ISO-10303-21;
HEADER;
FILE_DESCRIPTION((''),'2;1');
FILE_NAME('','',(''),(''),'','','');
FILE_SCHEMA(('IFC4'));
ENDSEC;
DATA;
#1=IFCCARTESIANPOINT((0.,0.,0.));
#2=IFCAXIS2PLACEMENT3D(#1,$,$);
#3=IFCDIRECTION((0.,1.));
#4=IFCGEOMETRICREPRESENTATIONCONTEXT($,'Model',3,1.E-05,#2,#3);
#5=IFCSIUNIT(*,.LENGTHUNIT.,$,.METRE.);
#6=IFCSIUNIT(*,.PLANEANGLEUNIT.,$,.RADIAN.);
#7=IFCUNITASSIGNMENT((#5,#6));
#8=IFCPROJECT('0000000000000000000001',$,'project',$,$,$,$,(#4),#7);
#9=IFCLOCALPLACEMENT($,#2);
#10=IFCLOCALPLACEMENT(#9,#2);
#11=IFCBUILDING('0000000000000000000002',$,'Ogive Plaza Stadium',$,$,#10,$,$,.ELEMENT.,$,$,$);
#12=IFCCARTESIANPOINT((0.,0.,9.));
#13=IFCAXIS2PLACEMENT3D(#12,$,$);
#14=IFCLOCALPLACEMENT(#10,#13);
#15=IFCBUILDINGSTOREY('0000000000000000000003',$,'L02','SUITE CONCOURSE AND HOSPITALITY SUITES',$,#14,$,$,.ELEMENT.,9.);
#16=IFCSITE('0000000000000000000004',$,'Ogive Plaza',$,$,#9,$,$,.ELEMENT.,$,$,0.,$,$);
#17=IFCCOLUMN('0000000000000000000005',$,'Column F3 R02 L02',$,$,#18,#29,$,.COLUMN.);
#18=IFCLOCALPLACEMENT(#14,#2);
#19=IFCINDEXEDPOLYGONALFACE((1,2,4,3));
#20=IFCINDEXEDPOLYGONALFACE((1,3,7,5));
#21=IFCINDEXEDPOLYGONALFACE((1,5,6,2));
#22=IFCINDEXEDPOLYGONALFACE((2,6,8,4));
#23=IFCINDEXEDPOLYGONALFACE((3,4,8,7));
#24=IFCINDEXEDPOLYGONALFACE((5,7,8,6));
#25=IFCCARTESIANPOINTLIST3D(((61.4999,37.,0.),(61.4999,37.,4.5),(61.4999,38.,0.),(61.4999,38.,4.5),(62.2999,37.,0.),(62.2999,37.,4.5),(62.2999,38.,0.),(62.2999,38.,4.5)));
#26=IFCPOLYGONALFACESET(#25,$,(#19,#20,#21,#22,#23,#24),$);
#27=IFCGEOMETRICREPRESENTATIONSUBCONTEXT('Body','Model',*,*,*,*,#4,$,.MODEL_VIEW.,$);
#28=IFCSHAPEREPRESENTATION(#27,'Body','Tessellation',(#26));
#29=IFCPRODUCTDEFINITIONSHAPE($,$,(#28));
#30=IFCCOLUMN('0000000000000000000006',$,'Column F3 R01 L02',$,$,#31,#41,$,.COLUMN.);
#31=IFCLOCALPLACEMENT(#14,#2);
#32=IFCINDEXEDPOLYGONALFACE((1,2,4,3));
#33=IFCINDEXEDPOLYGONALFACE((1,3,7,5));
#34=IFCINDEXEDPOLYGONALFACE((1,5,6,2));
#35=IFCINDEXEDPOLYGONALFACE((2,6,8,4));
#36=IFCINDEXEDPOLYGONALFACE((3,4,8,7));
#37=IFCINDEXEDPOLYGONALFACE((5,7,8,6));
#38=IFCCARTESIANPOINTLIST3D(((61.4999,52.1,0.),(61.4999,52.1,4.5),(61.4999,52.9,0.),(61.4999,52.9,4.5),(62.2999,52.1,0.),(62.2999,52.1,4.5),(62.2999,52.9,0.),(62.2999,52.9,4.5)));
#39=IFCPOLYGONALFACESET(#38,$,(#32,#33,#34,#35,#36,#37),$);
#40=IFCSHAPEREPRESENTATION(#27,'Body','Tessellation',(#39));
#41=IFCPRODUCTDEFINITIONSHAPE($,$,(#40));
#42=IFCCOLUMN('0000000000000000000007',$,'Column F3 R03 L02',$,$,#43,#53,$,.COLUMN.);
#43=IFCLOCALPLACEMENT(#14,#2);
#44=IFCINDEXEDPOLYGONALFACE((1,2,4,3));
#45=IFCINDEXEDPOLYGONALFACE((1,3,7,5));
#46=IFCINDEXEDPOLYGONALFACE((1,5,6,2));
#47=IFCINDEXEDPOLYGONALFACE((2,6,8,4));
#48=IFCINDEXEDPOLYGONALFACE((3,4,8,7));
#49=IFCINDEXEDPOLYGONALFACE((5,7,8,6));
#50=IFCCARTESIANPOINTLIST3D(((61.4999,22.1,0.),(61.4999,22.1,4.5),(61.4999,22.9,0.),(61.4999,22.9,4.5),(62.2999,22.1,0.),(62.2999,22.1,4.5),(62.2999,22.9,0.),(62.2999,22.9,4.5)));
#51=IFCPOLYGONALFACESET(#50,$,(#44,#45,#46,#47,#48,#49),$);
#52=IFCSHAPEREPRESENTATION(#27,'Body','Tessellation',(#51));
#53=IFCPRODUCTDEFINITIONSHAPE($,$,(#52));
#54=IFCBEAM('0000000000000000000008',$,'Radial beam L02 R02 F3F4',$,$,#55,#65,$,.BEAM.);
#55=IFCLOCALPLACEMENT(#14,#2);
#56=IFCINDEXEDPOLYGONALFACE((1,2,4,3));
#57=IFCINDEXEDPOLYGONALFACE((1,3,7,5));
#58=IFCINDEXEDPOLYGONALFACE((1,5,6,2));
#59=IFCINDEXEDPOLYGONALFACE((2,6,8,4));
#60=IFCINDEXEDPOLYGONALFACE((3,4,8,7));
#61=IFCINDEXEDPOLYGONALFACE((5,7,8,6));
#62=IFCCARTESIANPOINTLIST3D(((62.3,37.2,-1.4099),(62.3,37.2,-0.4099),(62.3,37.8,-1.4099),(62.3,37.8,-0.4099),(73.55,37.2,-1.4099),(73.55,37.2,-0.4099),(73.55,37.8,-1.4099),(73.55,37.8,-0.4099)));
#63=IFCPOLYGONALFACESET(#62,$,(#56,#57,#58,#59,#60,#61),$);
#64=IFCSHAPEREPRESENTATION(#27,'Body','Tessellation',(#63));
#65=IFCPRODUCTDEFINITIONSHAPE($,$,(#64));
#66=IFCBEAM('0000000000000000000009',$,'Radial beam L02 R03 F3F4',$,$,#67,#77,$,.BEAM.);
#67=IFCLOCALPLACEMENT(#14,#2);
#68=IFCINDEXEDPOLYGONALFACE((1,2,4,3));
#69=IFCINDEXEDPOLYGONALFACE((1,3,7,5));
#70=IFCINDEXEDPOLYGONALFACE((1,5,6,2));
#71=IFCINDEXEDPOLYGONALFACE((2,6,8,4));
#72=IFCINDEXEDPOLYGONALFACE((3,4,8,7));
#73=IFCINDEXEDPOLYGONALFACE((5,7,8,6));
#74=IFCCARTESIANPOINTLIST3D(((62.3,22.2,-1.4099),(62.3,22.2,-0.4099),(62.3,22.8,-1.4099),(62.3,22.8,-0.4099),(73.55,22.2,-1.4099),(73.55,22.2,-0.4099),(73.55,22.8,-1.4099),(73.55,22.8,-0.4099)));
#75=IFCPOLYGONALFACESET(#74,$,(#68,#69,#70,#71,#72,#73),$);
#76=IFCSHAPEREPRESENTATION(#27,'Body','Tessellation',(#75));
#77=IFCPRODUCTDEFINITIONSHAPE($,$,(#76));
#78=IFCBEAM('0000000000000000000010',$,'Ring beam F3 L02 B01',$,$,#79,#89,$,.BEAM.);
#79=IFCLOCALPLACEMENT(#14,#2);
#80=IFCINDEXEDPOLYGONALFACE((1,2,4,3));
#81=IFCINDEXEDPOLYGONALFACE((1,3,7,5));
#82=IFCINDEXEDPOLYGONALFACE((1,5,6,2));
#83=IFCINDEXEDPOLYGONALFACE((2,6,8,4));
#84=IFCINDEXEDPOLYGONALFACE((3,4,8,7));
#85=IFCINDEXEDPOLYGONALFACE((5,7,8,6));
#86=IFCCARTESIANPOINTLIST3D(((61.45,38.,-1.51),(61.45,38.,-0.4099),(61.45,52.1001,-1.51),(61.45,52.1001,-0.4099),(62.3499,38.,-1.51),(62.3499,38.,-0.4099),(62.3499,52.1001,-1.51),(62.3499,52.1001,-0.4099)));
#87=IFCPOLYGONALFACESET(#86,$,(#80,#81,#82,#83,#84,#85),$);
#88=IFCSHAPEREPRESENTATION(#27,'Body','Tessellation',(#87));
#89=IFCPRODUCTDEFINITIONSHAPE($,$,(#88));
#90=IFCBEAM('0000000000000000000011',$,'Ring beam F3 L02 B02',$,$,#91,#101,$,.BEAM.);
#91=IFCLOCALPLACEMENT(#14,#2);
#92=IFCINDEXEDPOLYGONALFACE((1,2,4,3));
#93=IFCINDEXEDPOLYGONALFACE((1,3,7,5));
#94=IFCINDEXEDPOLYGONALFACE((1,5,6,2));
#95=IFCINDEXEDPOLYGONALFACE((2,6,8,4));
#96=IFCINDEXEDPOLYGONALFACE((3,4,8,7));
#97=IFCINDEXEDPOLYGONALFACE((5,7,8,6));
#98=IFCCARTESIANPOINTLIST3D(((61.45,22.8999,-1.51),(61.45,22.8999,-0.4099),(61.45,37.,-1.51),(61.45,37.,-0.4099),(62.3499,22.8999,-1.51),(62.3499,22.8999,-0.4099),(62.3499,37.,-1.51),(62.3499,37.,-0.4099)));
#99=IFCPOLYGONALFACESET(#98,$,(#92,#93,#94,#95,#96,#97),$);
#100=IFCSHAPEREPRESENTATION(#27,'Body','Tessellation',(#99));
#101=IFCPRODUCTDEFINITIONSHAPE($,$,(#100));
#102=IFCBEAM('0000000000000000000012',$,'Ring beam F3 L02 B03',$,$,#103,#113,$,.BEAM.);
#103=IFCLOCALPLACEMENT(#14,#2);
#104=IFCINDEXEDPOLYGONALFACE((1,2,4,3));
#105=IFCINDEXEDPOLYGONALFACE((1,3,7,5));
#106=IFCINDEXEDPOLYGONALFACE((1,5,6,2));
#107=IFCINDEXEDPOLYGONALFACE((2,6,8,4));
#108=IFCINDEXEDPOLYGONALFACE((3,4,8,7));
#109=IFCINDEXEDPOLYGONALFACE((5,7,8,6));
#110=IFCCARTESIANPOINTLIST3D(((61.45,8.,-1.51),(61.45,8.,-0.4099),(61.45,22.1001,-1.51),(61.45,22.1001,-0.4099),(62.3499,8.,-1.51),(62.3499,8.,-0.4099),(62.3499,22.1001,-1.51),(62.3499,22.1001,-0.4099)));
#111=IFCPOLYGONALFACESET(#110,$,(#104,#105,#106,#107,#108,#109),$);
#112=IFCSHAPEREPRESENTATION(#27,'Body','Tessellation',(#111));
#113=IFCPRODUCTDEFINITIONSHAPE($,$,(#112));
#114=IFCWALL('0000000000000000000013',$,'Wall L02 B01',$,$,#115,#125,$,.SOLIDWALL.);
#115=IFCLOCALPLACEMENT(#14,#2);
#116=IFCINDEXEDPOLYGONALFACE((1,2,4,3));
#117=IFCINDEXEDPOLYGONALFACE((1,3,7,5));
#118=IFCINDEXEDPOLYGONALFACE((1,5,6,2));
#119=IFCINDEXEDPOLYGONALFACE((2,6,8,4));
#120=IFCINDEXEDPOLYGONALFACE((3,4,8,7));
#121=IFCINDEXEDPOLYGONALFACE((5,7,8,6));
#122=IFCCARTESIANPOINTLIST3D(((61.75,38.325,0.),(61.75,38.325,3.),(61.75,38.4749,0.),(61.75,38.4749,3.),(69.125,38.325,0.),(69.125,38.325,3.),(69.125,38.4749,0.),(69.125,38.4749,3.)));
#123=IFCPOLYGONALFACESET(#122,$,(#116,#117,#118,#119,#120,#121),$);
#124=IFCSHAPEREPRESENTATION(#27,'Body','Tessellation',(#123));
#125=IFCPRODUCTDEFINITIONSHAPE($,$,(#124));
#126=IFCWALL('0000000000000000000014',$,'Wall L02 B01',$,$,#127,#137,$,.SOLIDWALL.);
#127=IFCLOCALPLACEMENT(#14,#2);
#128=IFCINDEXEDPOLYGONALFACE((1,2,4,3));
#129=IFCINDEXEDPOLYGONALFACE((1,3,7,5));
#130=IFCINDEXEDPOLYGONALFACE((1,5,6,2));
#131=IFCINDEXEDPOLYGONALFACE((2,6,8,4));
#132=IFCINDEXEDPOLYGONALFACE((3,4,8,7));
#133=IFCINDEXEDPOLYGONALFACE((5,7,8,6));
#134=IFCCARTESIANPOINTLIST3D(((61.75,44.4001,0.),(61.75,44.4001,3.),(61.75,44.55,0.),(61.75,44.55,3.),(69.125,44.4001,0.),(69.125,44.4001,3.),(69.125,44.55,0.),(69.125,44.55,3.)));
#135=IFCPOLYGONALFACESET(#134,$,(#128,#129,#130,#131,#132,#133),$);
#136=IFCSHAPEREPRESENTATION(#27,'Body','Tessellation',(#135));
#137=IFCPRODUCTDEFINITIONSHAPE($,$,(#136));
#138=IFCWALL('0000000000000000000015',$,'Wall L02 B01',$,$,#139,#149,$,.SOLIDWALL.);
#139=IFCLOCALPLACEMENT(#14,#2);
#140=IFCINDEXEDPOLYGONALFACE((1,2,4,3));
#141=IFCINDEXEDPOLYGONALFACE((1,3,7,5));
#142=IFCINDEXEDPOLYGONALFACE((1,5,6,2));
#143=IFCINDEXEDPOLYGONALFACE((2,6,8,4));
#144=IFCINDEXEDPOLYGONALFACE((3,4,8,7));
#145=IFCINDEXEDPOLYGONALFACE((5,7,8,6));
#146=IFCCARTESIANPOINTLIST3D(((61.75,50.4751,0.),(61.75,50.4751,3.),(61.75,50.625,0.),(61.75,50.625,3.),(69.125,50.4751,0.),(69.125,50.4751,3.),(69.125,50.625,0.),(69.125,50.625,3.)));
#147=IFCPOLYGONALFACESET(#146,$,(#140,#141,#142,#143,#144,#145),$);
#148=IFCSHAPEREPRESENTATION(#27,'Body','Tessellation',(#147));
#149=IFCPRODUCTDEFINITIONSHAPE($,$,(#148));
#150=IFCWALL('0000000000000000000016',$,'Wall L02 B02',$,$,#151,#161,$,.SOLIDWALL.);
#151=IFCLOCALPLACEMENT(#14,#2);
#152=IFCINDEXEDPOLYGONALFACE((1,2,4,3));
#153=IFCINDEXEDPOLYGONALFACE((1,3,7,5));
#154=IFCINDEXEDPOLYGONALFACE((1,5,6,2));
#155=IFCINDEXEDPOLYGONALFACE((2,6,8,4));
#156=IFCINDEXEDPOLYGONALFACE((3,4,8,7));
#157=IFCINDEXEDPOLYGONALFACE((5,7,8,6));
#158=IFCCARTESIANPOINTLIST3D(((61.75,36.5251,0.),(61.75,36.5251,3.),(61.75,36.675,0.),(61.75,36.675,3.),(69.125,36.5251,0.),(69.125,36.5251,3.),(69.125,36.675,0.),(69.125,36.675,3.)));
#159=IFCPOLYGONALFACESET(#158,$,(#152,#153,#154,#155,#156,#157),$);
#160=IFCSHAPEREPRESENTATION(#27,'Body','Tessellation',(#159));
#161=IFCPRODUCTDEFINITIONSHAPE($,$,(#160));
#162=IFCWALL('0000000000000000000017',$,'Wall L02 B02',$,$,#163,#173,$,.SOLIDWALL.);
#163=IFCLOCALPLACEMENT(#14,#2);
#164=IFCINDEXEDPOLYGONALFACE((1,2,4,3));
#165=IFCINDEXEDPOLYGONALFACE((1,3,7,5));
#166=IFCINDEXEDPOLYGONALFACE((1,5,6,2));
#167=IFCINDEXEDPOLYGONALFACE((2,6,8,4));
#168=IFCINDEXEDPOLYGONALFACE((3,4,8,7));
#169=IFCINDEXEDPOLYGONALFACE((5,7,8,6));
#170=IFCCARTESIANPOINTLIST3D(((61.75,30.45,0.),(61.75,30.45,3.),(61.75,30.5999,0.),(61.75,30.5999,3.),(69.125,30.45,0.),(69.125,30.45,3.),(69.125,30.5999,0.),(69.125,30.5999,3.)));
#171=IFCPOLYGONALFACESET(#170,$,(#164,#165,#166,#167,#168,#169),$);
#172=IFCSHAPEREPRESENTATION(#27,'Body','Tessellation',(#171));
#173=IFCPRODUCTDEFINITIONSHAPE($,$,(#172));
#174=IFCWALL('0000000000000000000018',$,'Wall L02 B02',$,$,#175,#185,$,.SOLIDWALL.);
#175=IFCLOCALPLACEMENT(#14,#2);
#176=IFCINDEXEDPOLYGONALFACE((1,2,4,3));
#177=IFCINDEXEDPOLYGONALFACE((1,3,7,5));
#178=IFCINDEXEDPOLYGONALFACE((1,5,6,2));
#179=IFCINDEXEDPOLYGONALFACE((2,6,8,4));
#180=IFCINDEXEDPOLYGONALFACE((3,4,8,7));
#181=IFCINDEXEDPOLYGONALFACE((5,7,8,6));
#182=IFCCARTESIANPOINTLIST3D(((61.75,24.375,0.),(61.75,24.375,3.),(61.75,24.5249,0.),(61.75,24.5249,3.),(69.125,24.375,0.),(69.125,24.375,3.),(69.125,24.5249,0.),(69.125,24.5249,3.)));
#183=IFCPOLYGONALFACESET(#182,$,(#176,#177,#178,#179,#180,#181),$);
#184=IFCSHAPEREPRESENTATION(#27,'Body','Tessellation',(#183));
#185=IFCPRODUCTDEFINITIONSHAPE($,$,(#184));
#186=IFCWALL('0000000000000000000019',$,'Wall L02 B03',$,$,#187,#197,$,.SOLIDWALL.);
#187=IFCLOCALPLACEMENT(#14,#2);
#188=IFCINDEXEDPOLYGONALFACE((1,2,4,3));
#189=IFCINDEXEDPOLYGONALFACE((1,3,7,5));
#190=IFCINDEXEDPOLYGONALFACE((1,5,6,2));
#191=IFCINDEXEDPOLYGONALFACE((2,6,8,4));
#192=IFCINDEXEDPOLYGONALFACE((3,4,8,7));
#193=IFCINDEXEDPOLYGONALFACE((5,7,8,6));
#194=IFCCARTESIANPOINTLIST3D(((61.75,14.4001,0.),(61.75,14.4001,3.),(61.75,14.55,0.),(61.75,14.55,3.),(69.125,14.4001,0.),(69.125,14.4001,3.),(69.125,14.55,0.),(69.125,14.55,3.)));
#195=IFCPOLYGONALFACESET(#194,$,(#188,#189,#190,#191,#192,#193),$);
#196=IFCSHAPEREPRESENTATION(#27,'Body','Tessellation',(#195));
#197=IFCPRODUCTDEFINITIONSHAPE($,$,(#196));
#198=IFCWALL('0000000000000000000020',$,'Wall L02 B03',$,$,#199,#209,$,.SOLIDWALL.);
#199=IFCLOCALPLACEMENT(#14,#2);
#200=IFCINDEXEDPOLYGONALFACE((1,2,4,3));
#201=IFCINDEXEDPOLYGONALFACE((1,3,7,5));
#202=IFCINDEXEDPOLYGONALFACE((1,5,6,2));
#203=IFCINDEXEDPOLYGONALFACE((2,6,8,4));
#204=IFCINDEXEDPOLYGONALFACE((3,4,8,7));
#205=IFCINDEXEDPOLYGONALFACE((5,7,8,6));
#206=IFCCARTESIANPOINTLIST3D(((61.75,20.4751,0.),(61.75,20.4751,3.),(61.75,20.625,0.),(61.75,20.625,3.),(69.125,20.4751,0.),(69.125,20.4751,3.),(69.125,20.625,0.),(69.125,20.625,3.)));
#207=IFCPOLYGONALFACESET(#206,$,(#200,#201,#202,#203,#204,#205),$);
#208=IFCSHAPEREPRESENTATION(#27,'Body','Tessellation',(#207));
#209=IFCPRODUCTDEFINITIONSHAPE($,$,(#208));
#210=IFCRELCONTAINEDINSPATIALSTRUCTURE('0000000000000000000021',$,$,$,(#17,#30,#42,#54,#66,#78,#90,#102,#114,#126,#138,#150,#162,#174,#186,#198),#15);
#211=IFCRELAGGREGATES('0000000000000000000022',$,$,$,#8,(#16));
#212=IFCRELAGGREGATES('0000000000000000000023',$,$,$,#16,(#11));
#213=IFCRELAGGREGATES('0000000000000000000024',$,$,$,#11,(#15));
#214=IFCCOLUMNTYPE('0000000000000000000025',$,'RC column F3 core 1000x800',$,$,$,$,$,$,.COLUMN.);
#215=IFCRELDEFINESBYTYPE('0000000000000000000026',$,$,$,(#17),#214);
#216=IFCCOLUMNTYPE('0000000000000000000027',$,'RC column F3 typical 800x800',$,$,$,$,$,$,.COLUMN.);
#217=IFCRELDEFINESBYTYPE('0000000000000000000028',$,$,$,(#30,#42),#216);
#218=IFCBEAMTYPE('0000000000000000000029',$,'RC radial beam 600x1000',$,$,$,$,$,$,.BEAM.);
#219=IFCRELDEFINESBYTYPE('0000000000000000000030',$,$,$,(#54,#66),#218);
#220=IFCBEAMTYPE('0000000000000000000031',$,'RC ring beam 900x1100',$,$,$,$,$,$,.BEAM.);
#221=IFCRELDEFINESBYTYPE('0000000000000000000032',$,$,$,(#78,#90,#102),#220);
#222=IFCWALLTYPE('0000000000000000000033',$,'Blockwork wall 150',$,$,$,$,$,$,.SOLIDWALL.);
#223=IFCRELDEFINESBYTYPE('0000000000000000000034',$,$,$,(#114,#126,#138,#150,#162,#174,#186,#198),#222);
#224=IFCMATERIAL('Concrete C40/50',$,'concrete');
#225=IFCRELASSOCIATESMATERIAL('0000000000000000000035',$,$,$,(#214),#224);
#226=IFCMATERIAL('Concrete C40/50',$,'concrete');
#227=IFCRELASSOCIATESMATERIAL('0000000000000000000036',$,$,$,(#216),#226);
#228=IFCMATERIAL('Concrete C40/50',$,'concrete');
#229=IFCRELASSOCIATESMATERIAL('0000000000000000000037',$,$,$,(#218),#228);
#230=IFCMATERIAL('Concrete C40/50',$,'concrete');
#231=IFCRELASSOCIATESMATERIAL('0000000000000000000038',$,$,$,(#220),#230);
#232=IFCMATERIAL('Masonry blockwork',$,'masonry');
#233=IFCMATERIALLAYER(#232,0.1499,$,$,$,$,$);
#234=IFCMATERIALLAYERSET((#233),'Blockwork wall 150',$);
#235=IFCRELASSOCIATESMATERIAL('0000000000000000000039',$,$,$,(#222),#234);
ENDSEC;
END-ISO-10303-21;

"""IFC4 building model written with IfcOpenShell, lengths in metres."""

from ifc_helpers import new_model, si_unit, direction, frame, frame_2d, origin, origin_2d, place, context, subcontext, project, spatial, rectangle, extrude, material, layer, layer_set, material_profile, profile_set, type_object, element, save


model = new_model("IFC4")

# Units and contexts
model_context = context("Model", 3, precision=1e-05, world=origin(), true_north=direction((0.0, 1.0)))
body_context = subcontext(model_context, "Body", "Model", "MODEL_VIEW")
ifc_project = project(units=[si_unit("LENGTHUNIT", "METRE"), si_unit("PLANEANGLEUNIT", "RADIAN")], contexts=[model_context])

# Site, building, storey
site_placement = place(None, origin())
site = spatial("IfcSite", under=ifc_project, at=site_placement, Name="Ogive Plaza", CompositionType="ELEMENT", RefElevation=0.0)
building_placement = place(site_placement, origin())
building = spatial("IfcBuilding", under=site, at=building_placement, Name="Ogive Plaza Stadium", CompositionType="ELEMENT")
storey_placement = place(building_placement, frame((0.0, 0.0, 9.0)))
storey = spatial("IfcBuildingStorey", under=building, at=storey_placement, Name="L02", Description="SUITE CONCOURSE AND HOSPITALITY SUITES", CompositionType="ELEMENT", Elevation=9.0)

# Columns
ifc_material_1 = material(Name="Concrete C40/50", Category="concrete")
ifc_material_profile_1 = material_profile(ifc_material_1, rectangle(XDim=1.0, YDim=0.8, at=origin_2d()), Name="RC 1000x800")
ifc_profile_set_1 = profile_set([ifc_material_profile_1], Name="Concrete C40/50")
column_type_1 = type_object("IfcColumnType", Name="RC column F3 core 1000x800", PredefinedType="COLUMN", material=ifc_profile_set_1)
column_placement = place(storey_placement, frame((61.8999, 37.5, 0.0), z_axis=(0.0, 0.0, 1.0), x_axis=(0.0, 1.0, 0.0)))
element("IfcColumn", 1, at=column_placement, inside=storey, type_object=column_type_1, Name="Column F3 R02 L02", PredefinedType="COLUMN", context=body_context, shape_type="SweptSolid", body=[
    extrude(rectangle(XDim=1.0, YDim=0.8, at=origin_2d()), origin(), (0.0, 0.0, 1.0), 4.5),
])
ifc_material_2 = material(Name="Concrete C40/50", Category="concrete")
ifc_material_profile_2 = material_profile(ifc_material_2, rectangle(XDim=0.8, YDim=0.8, at=origin_2d()), Name="RC 800x800")
ifc_profile_set_2 = profile_set([ifc_material_profile_2], Name="Concrete C40/50")
column_type_2 = type_object("IfcColumnType", Name="RC column F3 typical 800x800", PredefinedType="COLUMN", material=ifc_profile_set_2)
for number, where, z_axis, x_axis, name in (
    (2, (61.8999, 52.5, 0.0), (0.0, 0.0, 1.0), (0.0, 1.0, 0.0), "Column F3 R01 L02"),
    (3, (61.8999, 22.5, 0.0), (0.0, 0.0, 1.0), (0.0, 1.0, 0.0), "Column F3 R03 L02"),
):
    element("IfcColumn", number, at=place(storey_placement, frame(where, z_axis=z_axis, x_axis=x_axis)), inside=storey, type_object=column_type_2, Name=name, PredefinedType="COLUMN", context=body_context, shape_type="SweptSolid", body=[
        extrude(rectangle(XDim=0.8, YDim=0.8, at=origin_2d()), origin(), (0.0, 0.0, 1.0), 4.5),
    ])

# Beams
ifc_material_3 = material(Name="Concrete C40/50", Category="concrete")
ifc_material_profile_3 = material_profile(ifc_material_3, rectangle(XDim=0.6001, YDim=1.0, at=origin_2d()), Name="RC 600x1000")
ifc_profile_set_3 = profile_set([ifc_material_profile_3], Name="Concrete C40/50")
beam_type_1 = type_object("IfcBeamType", Name="RC radial beam 600x1000", PredefinedType="BEAM", material=ifc_profile_set_3)
for number, where, z_axis, x_axis, name in (
    (4, (62.3, 37.5, -0.9099), (1.0, 0.0, 0.0), (0.0, 1.0, 0.0), "Radial beam L02 R02 F3F4"),
    (5, (62.3, 22.5, -0.9099), (1.0, 0.0, 0.0), (0.0, 1.0, 0.0), "Radial beam L02 R03 F3F4"),
):
    element("IfcBeam", number, at=place(storey_placement, frame(where, z_axis=z_axis, x_axis=x_axis)), inside=storey, type_object=beam_type_1, Name=name, PredefinedType="BEAM", context=body_context, shape_type="SweptSolid", body=[
        extrude(rectangle(XDim=0.6001, YDim=1.0, at=origin_2d()), origin(), (0.0, 0.0, 1.0), 11.25),
    ])
ifc_material_4 = material(Name="Concrete C40/50", Category="concrete")
ifc_material_profile_4 = material_profile(ifc_material_4, rectangle(XDim=0.8999, YDim=1.1001, at=origin_2d()), Name="RC 900x1100")
ifc_profile_set_4 = profile_set([ifc_material_profile_4], Name="Concrete C40/50")
beam_type_2 = type_object("IfcBeamType", Name="RC ring beam 900x1100", PredefinedType="BEAM", material=ifc_profile_set_4)
for number, where, z_axis, x_axis, name in (
    (6, (61.8999, 52.1001, -0.96), (0.0, -1.0, 0.0), (1.0, 0.0, 0.0), "Ring beam F3 L02 B01"),
    (7, (61.8999, 37.0, -0.96), (0.0, -1.0, 0.0), (1.0, 0.0, 0.0), "Ring beam F3 L02 B02"),
    (8, (61.8999, 22.1001, -0.96), (0.0, -1.0, 0.0), (1.0, 0.0, 0.0), "Ring beam F3 L02 B03"),
):
    element("IfcBeam", number, at=place(storey_placement, frame(where, z_axis=z_axis, x_axis=x_axis)), inside=storey, type_object=beam_type_2, Name=name, PredefinedType="BEAM", context=body_context, shape_type="SweptSolid", body=[
        extrude(rectangle(XDim=0.8999, YDim=1.1001, at=origin_2d()), origin(), (0.0, 0.0, 1.0), 14.1001),
    ])

# Walls
ifc_material_5 = material(Name="Masonry blockwork", Category="masonry")
ifc_layer_1 = layer(ifc_material_5, 0.1499)
ifc_layer_set_1 = layer_set([ifc_layer_1], Name="Blockwork wall 150")
wall_type_1 = type_object("IfcWallType", Name="Blockwork wall 150", PredefinedType="SOLIDWALL", material=ifc_layer_set_1)
for number, where, z_axis, x_axis, name in (
    (9, (61.75, 38.3999, 0.0), (0.0, 0.0, 1.0), (1.0, 0.0, 0.0), "Wall L02 B01"),
    (10, (61.75, 44.4751, 0.0), (0.0, 0.0, 1.0), (1.0, 0.0, 0.0), "Wall L02 B01"),
    (11, (61.75, 50.55, 0.0), (0.0, 0.0, 1.0), (1.0, 0.0, 0.0), "Wall L02 B01"),
    (12, (61.75, 36.6001, 0.0), (0.0, 0.0, 1.0), (1.0, 0.0, 0.0), "Wall L02 B02"),
    (13, (61.75, 30.5249, 0.0), (0.0, 0.0, 1.0), (1.0, 0.0, 0.0), "Wall L02 B02"),
    (14, (61.75, 24.45, 0.0), (0.0, 0.0, 1.0), (1.0, 0.0, 0.0), "Wall L02 B02"),
    (15, (61.75, 14.4751, 0.0), (0.0, 0.0, 1.0), (1.0, 0.0, 0.0), "Wall L02 B03"),
    (16, (61.75, 20.55, 0.0), (0.0, 0.0, 1.0), (1.0, 0.0, 0.0), "Wall L02 B03"),
):
    element("IfcWall", number, at=place(storey_placement, frame(where, z_axis=z_axis, x_axis=x_axis)), inside=storey, type_object=wall_type_1, Name=name, PredefinedType="SOLIDWALL", context=body_context, shape_type="SweptSolid", body=[
        extrude(rectangle(XDim=7.375, YDim=0.1499, at=frame_2d((3.6875, 0.0))), origin(), (0.0, 0.0, 1.0), 3.0),
    ])

save(model, "model.ifc")
